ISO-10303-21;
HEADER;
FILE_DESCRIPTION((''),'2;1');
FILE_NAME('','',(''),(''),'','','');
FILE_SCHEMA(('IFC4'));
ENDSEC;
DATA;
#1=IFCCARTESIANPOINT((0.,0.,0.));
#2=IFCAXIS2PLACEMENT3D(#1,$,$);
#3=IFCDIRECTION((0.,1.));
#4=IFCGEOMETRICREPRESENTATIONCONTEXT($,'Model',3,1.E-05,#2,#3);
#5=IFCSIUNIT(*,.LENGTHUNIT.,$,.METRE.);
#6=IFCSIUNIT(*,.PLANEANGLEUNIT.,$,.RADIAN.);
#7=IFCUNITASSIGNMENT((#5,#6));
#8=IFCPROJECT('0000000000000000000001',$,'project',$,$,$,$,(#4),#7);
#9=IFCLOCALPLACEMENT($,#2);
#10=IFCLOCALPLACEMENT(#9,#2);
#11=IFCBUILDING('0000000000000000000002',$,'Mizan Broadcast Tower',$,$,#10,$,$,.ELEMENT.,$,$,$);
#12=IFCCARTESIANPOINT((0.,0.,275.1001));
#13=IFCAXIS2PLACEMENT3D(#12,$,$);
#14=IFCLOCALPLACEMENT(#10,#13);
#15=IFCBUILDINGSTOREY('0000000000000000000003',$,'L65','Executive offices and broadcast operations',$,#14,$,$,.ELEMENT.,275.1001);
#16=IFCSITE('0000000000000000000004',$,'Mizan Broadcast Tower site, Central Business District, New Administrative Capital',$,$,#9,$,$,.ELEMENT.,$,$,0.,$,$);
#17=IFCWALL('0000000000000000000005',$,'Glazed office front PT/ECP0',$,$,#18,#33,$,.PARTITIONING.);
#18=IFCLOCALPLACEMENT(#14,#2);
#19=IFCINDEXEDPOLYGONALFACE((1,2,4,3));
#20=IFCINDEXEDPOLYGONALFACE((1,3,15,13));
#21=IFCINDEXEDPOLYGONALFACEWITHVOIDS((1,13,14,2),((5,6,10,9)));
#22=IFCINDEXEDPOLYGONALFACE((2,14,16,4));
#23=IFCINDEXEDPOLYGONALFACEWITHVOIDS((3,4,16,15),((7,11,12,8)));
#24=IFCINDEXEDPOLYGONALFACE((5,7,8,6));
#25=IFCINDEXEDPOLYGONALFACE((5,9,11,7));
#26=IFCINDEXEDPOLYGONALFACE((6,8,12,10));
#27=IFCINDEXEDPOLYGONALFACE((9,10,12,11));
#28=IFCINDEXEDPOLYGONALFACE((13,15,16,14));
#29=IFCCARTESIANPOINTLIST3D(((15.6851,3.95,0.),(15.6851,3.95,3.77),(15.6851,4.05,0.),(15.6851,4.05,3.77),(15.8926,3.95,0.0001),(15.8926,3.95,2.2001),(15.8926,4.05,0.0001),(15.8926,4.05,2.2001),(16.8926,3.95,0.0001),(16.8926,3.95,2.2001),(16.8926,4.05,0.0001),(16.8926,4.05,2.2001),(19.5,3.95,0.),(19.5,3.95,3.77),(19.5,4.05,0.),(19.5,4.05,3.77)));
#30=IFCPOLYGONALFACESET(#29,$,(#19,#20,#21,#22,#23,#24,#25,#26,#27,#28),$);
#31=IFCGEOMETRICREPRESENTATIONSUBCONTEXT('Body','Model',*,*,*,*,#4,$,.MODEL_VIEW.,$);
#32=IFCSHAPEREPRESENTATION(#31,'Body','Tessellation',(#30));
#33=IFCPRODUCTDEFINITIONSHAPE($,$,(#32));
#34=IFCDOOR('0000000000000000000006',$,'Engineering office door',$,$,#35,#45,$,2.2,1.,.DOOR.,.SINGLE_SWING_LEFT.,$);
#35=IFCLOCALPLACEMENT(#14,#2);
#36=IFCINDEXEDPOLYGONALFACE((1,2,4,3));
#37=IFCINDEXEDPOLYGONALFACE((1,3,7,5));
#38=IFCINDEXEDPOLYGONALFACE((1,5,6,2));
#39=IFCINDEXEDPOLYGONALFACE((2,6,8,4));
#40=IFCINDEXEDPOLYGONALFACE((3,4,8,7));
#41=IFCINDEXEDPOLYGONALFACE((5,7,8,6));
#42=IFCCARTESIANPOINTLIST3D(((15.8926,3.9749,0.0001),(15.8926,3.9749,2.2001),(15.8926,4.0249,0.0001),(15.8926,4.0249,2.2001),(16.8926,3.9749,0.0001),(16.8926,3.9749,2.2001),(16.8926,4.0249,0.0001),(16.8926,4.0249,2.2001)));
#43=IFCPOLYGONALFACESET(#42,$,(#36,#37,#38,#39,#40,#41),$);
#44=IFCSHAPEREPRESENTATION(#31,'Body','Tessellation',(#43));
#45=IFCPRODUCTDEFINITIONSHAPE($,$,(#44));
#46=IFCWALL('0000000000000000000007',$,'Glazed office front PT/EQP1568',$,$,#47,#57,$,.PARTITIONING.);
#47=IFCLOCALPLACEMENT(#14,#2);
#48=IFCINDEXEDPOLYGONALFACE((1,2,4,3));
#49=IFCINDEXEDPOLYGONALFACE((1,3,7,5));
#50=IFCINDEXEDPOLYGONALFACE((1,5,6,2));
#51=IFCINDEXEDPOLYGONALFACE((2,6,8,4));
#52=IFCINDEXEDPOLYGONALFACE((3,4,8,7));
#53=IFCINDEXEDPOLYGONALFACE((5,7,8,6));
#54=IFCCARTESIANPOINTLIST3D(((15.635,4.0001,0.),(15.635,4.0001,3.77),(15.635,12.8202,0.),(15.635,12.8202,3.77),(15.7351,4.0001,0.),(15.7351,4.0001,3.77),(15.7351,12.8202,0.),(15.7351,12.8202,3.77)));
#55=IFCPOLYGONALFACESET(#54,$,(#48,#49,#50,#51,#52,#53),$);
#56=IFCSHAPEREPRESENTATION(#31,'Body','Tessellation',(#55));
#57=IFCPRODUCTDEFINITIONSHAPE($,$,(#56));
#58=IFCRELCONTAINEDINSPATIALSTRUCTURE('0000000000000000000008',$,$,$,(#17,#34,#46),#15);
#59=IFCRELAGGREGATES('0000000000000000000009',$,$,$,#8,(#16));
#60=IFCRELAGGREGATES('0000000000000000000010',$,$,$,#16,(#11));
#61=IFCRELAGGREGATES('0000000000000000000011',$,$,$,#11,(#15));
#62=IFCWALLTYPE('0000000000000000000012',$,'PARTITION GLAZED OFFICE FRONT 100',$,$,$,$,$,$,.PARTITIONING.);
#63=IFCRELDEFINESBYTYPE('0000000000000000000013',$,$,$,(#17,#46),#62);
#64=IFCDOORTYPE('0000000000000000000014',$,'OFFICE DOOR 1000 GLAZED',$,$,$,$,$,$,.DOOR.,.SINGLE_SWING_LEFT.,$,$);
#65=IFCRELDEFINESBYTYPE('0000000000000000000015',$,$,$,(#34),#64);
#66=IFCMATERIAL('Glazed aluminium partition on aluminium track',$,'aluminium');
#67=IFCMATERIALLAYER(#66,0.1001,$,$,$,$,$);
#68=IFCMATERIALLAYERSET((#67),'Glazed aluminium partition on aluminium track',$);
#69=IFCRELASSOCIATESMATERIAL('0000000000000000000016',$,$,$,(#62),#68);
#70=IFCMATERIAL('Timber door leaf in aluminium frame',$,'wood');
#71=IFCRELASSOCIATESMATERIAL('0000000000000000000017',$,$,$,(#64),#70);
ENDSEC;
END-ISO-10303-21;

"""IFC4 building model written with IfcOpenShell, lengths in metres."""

from ifc_helpers import new_model, si_unit, direction, frame, frame_2d, origin, place, context, subcontext, project, spatial, rectangle, extrude, material, layer, layer_set, type_object, element, fill, save


model = new_model("IFC4")

# Units and contexts
model_context = context("Model", 3, precision=1e-05, world=origin(), true_north=direction((0.0, 1.0)))
body_context = subcontext(model_context, "Body", "Model", "MODEL_VIEW")
ifc_project = project(units=[si_unit("LENGTHUNIT", "METRE"), si_unit("PLANEANGLEUNIT", "RADIAN")], contexts=[model_context])

# Site, building, storey
site_placement = place(None, origin())
site = spatial("IfcSite", under=ifc_project, at=site_placement, Name="Mizan Broadcast Tower site, Central Business District, New Administrative Capital", CompositionType="ELEMENT", RefElevation=0.0)
building_placement = place(site_placement, origin())
building = spatial("IfcBuilding", under=site, at=building_placement, Name="Mizan Broadcast Tower", CompositionType="ELEMENT")
storey_placement = place(building_placement, frame((0.0, 0.0, 275.1001)))
storey = spatial("IfcBuildingStorey", under=building, at=storey_placement, Name="L65", Description="Executive offices and broadcast operations", CompositionType="ELEMENT", Elevation=275.1001)

# Wall, opening, door
ifc_material_1 = material(Name="Glazed aluminium partition on aluminium track", Category="aluminium")
ifc_layer_1 = layer(ifc_material_1, 0.1001)
ifc_layer_set_1 = layer_set([ifc_layer_1], Name="Glazed aluminium partition on aluminium track")
wall_type = type_object("IfcWallType", Name="PARTITION GLAZED OFFICE FRONT 100", PredefinedType="PARTITIONING", material=ifc_layer_set_1)
wall_1_placement = place(storey_placement, frame((15.6851, 4.0, 0.0), z_axis=(0.0, 0.0, 1.0), x_axis=(1.0, 0.0, 0.0)))
wall_1 = element("IfcWall", 1, at=wall_1_placement, inside=storey, type_object=wall_type, Name="Glazed office front PT/ECP0", PredefinedType="PARTITIONING", context=body_context, shape_type="SweptSolid", body=[
    extrude(rectangle(XDim=3.8149, YDim=0.1001, at=frame_2d((1.9075, 0.0))), origin(), (0.0, 0.0, 1.0), 3.77),
])
opening_placement = place(wall_1_placement, frame((0.2075, 0.0, 0.0)))
opening = element("IfcOpeningElement", 2, at=opening_placement, cuts=wall_1, PredefinedType="OPENING", context=body_context, shape_type="SweptSolid", body=[
    extrude(rectangle(XDim=1.0, YDim=2.2, at=frame_2d((0.5, 1.1001))), frame((0.0, 0.0601, 0.0), z_axis=(0.0, -1.0, 0.0), x_axis=(1.0, 0.0, 0.0)), (0.0, 0.0, 1.0), 0.1201),
])
ifc_material_2 = material(Name="Timber door leaf in aluminium frame", Category="wood")
door_type = type_object("IfcDoorType", Name="OFFICE DOOR 1000 GLAZED", OperationType="SINGLE_SWING_LEFT", PredefinedType="DOOR", material=ifc_material_2)
door_placement = place(opening_placement, origin())
door = element("IfcDoor", 3, at=door_placement, inside=storey, type_object=door_type, Name="Engineering office door", OperationType="SINGLE_SWING_LEFT", OverallHeight=2.2, OverallWidth=1.0, PredefinedType="DOOR", context=body_context, shape_type="SweptSolid", body=[
    extrude(rectangle(XDim=1.0, YDim=2.2, at=frame_2d((0.5, 1.1001))), frame((0.0, 0.0249, 0.0), z_axis=(0.0, -1.0, 0.0), x_axis=(1.0, 0.0, 0.0)), (0.0, 0.0, 1.0), 0.05),
])
fill(opening, door)

# Wall
wall_2_placement = place(storey_placement, frame((15.6851, 4.0, 0.0), z_axis=(0.0, 0.0, 1.0), x_axis=(0.0, 1.0, 0.0)))
element("IfcWall", 4, at=wall_2_placement, inside=storey, type_object=wall_type, Name="Glazed office front PT/EQP1568", PredefinedType="PARTITIONING", context=body_context, shape_type="SweptSolid", body=[
    extrude(rectangle(XDim=8.8201, YDim=0.1001, at=frame_2d((4.4102, 0.0))), origin(), (0.0, 0.0, 1.0), 3.77),
])

save(model, "model.ifc")
